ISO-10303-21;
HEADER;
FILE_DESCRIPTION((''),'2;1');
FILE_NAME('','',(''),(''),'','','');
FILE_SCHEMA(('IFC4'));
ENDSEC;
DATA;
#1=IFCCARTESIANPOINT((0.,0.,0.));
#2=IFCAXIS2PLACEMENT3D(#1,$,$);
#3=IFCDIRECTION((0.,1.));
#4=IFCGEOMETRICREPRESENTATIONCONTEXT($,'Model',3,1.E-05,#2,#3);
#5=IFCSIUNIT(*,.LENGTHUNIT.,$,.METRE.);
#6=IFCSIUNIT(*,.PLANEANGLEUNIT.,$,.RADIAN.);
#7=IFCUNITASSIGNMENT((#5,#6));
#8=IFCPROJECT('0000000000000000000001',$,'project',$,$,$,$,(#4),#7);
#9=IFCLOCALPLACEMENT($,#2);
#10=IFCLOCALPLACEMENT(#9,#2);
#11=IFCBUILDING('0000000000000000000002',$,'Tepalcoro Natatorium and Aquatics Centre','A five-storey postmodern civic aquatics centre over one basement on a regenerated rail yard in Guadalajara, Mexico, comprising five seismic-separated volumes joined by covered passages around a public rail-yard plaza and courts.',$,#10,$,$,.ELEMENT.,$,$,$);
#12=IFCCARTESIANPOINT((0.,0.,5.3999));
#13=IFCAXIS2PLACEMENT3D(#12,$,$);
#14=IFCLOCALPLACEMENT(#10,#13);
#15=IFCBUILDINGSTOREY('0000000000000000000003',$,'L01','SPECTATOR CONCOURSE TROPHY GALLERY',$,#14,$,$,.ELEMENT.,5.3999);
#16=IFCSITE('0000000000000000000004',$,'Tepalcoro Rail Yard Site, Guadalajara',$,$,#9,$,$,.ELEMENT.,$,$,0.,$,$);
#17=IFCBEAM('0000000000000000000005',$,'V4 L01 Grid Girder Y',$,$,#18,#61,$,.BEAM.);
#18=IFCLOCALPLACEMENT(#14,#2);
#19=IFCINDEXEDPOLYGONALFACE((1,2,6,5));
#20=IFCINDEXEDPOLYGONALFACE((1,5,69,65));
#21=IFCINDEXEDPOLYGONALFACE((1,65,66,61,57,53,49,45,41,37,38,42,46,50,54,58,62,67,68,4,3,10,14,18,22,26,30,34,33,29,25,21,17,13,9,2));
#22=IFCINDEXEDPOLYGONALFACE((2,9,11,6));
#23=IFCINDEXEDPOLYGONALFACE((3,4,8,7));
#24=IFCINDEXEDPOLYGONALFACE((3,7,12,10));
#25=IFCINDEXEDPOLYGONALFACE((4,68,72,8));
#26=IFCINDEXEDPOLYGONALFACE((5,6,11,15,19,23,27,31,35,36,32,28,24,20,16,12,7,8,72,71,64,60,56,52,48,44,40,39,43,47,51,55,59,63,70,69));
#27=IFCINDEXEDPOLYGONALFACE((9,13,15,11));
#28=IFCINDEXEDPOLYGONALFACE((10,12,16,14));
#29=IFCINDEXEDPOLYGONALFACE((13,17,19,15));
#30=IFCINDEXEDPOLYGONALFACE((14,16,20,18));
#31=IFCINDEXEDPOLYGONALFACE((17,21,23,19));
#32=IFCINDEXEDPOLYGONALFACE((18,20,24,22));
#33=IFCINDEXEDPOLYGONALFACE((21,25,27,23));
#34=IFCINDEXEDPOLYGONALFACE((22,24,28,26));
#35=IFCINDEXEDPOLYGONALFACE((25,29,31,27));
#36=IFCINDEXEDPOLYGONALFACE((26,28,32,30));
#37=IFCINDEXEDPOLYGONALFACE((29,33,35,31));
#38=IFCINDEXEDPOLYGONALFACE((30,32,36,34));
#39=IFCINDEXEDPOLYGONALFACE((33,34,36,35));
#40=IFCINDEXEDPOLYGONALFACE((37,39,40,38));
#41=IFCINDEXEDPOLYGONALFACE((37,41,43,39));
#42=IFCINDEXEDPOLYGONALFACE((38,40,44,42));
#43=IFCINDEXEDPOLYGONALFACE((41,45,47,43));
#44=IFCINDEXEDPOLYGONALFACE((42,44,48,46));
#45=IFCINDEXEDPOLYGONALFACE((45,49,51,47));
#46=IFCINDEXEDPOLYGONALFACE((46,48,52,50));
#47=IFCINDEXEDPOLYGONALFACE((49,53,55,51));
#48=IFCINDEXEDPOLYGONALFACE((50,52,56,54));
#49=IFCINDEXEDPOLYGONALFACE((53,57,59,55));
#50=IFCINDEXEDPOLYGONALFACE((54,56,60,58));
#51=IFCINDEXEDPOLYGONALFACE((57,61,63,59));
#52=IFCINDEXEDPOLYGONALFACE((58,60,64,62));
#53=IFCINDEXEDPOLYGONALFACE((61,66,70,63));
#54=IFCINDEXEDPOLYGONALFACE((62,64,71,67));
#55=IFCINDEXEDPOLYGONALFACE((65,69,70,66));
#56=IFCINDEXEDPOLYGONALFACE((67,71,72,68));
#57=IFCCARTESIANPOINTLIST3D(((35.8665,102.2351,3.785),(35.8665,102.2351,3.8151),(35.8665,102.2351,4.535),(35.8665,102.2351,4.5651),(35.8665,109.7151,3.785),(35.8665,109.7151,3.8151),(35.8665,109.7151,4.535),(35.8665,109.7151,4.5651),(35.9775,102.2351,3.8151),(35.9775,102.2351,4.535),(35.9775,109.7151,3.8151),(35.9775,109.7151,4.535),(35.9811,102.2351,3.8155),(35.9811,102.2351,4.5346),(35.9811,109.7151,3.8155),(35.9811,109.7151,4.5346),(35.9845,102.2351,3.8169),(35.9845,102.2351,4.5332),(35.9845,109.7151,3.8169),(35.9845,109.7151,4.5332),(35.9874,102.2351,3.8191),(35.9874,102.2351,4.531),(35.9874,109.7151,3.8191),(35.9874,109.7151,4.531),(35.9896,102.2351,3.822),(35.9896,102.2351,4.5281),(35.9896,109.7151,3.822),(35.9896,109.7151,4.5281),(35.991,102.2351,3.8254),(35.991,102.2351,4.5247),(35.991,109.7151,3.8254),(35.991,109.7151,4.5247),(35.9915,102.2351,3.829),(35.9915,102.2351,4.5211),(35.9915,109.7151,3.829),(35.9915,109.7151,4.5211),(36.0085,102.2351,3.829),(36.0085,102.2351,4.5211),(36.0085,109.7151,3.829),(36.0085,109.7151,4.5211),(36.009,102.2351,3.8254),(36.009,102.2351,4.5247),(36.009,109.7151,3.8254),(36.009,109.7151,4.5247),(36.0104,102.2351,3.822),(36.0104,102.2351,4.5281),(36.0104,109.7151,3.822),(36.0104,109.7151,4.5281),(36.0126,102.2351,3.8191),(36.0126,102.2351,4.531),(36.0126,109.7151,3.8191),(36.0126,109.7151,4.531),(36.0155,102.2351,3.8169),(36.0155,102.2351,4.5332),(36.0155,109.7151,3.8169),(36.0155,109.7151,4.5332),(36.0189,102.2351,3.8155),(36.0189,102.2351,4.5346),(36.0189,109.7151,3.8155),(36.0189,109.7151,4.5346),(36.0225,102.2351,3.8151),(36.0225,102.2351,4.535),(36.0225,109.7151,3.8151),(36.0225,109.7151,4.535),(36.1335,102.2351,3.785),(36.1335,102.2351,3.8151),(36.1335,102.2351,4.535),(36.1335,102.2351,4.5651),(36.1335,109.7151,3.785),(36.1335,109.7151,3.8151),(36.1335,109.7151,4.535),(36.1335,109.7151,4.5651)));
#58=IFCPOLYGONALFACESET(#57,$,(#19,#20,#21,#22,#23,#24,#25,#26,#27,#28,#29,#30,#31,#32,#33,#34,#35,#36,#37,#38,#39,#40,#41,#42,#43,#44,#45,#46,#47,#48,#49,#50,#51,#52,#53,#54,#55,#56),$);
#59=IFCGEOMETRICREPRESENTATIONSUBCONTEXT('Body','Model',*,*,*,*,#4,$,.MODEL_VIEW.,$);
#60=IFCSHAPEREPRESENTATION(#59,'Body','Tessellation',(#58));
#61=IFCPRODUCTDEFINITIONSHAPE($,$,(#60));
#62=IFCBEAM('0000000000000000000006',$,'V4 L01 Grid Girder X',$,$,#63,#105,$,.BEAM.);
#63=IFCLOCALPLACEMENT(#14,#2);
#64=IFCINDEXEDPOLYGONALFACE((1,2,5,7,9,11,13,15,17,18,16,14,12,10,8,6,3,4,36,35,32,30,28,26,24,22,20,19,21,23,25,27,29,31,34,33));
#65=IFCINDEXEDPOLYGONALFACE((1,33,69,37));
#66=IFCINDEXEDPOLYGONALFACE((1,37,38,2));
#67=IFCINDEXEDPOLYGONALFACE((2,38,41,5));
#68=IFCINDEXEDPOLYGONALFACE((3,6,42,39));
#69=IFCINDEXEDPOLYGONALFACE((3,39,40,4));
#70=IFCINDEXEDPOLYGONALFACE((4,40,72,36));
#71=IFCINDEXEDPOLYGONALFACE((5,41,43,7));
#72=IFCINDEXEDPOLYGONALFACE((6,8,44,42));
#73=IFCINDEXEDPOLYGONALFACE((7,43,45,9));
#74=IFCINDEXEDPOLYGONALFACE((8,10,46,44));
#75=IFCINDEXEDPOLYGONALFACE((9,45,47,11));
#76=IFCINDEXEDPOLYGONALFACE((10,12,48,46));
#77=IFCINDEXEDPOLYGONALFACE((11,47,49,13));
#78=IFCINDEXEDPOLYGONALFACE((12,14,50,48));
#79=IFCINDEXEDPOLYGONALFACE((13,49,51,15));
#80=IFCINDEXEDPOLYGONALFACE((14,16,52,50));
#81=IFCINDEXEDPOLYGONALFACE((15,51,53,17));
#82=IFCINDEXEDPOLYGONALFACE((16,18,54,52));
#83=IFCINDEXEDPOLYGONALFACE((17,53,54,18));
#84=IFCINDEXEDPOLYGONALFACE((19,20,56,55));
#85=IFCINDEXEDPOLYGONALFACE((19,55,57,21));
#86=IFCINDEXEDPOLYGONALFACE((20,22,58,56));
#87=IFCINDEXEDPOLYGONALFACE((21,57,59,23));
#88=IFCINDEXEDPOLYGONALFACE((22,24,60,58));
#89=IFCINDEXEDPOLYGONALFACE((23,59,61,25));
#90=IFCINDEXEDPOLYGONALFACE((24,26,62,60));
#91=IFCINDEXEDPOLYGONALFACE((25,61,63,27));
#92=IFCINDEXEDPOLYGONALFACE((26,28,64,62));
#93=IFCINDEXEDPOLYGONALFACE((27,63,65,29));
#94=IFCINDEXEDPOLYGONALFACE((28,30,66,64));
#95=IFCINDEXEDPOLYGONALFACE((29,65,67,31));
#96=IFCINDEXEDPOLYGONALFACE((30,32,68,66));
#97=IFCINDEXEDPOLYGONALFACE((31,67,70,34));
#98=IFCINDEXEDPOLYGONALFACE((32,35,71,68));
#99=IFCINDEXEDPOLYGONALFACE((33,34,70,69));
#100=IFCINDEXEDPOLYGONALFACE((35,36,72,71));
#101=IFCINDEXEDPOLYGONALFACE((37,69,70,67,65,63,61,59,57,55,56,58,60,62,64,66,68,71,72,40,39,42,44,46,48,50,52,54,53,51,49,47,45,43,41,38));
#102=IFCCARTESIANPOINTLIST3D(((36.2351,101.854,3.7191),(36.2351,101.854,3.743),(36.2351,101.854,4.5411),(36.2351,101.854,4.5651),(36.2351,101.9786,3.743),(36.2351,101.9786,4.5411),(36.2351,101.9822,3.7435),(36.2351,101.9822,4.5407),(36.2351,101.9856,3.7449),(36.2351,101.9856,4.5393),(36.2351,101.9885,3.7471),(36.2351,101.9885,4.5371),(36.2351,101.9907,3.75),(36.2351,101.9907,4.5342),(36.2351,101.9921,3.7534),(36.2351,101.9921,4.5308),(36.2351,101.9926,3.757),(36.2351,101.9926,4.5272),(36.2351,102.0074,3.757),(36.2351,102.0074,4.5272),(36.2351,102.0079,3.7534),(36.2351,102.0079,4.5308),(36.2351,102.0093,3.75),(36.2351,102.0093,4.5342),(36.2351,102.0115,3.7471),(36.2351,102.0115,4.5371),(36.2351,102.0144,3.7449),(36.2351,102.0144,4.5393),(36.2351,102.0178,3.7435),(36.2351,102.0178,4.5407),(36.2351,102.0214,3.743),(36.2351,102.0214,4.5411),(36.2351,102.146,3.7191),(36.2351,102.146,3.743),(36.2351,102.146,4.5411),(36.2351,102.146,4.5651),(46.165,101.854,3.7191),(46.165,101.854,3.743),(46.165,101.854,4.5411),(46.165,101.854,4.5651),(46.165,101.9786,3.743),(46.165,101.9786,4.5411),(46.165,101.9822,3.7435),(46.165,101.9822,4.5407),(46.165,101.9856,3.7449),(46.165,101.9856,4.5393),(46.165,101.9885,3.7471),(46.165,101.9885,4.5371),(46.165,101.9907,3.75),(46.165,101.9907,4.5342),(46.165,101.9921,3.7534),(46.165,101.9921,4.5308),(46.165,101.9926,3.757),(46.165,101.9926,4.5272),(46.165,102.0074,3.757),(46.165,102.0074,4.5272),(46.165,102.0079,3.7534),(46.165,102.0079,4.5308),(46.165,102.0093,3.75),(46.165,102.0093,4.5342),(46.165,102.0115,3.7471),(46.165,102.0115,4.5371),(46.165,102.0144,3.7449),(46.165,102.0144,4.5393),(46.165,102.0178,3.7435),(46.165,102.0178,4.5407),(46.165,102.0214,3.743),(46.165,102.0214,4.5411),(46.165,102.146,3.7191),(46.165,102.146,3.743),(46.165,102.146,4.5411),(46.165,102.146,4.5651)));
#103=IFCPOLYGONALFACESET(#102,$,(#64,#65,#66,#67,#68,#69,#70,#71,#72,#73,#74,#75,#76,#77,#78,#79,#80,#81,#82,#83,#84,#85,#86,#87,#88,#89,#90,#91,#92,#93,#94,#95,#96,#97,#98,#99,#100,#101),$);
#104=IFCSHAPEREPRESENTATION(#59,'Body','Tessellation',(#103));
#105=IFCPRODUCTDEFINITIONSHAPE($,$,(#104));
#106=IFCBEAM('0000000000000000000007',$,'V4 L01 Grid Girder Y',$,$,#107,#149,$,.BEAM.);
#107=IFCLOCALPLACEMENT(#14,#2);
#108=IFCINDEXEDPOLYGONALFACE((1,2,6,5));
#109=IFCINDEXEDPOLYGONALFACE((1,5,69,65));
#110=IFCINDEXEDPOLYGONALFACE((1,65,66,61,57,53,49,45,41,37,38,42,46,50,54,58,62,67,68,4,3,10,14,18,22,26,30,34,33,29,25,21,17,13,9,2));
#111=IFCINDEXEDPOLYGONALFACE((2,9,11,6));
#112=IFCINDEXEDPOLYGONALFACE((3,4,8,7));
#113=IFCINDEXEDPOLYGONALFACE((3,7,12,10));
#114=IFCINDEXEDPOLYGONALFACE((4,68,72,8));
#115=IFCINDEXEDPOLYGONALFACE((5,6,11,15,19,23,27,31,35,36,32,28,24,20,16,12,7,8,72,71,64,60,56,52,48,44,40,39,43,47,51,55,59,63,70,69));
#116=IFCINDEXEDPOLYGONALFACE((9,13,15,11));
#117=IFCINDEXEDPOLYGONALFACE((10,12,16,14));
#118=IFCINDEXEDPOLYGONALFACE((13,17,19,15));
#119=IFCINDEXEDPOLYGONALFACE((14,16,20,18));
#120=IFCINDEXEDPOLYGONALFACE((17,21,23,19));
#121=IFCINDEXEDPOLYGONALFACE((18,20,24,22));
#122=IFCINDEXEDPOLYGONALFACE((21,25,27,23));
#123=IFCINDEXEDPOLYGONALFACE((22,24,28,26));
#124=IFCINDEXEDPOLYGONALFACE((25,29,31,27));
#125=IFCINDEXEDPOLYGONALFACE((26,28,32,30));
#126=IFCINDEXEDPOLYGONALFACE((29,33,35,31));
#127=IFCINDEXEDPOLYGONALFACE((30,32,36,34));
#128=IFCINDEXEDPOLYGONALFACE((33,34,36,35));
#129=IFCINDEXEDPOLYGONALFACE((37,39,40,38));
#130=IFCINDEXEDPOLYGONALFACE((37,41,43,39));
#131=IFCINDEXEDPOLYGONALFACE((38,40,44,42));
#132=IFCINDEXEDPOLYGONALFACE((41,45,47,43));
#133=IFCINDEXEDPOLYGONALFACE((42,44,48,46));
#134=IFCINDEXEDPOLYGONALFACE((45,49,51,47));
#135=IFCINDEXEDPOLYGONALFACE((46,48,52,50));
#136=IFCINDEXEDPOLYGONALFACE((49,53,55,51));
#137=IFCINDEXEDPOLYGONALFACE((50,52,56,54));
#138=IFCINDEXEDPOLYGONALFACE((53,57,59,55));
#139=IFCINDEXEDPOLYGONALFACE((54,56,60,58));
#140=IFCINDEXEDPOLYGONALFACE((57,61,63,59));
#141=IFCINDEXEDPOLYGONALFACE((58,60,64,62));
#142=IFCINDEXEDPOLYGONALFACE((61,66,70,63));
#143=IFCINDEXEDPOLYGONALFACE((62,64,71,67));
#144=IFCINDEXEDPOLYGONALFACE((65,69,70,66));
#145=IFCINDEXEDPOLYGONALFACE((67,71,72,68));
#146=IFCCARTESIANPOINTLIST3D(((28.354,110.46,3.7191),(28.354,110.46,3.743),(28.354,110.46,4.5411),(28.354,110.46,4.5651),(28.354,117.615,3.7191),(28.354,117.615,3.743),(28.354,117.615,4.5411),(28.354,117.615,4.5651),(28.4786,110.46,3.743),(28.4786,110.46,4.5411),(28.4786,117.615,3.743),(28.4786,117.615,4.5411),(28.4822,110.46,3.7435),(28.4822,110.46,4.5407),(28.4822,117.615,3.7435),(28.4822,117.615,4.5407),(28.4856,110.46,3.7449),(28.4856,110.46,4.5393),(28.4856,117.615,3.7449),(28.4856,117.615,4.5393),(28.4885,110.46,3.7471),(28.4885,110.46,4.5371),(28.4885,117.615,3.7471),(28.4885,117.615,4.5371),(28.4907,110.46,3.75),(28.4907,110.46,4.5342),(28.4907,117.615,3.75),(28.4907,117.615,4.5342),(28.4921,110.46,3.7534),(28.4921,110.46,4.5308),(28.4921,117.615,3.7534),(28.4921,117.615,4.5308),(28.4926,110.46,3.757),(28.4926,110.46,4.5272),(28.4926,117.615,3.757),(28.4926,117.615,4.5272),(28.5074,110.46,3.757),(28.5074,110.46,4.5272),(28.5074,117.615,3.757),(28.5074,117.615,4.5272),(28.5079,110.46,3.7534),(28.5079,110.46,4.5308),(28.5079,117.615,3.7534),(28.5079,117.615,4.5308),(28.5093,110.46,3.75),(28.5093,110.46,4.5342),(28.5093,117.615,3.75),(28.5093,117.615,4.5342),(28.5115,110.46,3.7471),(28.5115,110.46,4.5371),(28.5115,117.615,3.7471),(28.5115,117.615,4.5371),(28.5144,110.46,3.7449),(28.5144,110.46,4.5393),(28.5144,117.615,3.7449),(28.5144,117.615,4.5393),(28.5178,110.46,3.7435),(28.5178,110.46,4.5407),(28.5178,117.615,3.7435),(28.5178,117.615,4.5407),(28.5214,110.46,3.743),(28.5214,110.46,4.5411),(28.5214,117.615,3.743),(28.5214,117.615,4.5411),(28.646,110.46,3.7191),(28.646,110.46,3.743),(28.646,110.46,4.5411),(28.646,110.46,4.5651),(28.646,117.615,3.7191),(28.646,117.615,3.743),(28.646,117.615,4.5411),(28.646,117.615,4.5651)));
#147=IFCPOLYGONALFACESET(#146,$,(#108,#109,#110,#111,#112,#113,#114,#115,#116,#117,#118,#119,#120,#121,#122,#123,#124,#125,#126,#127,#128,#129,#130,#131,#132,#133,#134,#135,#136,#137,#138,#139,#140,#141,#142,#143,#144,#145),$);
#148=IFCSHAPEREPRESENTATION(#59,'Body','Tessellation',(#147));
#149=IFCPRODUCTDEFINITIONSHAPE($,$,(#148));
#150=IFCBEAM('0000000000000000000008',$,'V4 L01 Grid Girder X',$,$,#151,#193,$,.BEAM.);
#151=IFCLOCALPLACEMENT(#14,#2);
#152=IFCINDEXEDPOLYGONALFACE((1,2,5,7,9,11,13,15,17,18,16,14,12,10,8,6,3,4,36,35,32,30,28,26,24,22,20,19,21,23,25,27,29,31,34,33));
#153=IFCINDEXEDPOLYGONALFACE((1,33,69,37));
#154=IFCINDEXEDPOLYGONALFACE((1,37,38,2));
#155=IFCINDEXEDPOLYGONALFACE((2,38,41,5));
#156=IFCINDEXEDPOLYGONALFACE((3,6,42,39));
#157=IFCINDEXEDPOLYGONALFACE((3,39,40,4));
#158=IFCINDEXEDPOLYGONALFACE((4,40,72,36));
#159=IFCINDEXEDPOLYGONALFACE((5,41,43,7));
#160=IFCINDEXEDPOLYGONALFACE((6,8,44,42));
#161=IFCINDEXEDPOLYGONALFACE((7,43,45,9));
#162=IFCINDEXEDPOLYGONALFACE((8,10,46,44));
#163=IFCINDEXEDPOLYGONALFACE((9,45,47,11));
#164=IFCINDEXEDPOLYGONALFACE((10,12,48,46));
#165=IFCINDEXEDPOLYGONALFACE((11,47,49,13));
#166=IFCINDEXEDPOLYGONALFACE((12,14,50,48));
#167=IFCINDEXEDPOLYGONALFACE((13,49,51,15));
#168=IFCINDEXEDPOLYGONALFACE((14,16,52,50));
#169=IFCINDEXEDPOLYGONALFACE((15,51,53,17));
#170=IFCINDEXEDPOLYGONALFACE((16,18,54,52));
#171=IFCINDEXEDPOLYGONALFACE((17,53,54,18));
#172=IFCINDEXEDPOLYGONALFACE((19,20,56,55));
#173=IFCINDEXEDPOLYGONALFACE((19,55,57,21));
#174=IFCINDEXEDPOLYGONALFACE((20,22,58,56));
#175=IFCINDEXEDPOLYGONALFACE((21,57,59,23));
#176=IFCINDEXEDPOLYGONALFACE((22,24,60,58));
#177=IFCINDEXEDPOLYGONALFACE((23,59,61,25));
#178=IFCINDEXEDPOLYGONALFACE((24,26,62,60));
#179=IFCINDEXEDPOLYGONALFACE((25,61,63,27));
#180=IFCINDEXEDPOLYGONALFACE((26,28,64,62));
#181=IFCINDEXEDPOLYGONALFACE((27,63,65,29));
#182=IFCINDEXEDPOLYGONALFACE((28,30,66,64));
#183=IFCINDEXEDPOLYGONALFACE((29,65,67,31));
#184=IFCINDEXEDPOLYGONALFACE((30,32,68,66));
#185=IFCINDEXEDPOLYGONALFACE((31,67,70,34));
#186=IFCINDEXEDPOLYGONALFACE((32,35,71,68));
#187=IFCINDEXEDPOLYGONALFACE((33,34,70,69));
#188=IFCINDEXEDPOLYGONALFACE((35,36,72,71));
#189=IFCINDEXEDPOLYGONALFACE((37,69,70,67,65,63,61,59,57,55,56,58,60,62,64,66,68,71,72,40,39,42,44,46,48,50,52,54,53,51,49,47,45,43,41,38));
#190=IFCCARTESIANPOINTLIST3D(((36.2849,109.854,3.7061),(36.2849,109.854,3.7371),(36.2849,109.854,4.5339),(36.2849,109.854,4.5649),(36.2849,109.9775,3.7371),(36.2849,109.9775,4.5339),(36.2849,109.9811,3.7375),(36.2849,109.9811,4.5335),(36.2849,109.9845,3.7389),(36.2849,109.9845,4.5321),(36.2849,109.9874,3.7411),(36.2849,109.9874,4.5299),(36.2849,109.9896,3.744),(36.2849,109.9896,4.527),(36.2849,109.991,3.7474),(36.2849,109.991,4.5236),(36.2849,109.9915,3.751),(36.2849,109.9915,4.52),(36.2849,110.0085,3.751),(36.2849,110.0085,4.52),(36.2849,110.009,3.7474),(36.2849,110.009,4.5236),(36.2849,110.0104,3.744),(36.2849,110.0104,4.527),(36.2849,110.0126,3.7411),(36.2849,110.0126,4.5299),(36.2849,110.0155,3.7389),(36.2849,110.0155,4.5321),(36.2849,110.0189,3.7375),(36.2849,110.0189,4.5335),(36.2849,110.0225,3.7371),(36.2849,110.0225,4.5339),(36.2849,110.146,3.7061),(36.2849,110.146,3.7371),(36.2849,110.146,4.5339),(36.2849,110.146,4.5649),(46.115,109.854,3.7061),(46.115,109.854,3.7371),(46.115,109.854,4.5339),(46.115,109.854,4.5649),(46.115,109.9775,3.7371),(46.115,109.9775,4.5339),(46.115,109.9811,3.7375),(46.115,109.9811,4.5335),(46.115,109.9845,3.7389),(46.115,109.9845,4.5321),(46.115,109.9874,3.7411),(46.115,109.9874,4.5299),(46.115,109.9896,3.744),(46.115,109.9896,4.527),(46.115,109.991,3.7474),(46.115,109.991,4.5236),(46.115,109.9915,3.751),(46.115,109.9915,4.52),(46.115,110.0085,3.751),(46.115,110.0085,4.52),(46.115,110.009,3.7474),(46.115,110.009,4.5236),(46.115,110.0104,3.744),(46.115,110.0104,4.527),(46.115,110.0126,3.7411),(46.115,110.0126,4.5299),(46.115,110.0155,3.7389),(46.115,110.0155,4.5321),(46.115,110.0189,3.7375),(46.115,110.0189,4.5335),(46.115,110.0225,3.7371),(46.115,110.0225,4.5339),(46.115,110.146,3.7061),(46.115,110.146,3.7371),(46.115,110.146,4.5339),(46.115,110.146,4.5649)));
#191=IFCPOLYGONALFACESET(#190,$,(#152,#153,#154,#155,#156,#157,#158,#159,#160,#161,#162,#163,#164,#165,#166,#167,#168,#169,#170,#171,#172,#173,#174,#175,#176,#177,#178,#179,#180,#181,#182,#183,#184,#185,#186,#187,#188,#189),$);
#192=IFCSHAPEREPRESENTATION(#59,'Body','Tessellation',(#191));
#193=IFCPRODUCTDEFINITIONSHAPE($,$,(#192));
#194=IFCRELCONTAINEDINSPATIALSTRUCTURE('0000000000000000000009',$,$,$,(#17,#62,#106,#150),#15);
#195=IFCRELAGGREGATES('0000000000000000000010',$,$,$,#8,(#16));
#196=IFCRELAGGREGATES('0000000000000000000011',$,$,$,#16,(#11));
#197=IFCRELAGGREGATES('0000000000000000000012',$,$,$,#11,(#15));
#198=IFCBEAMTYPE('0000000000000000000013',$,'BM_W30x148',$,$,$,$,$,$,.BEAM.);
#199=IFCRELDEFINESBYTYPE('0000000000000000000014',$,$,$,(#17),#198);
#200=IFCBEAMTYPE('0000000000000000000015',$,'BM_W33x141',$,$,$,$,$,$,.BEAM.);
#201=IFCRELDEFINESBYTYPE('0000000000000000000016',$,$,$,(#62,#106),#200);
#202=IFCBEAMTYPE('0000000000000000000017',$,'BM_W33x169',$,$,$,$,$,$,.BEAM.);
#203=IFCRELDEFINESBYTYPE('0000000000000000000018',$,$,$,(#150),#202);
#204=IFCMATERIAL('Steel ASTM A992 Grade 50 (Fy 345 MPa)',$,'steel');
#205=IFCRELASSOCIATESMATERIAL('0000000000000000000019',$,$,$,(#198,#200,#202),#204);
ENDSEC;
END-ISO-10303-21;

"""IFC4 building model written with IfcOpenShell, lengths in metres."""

from ifc_helpers import new_model, si_unit, direction, frame, origin, origin_2d, place, context, subcontext, project, spatial, i_section, extrude, material, material_profile, profile_set, type_object, element, save


model = new_model("IFC4")

# Units and contexts
model_context = context("Model", 3, precision=1e-05, world=origin(), true_north=direction((0.0, 1.0)))
body_context = subcontext(model_context, "Body", "Model", "MODEL_VIEW")
ifc_project = project(units=[si_unit("LENGTHUNIT", "METRE"), si_unit("PLANEANGLEUNIT", "RADIAN")], contexts=[model_context])

# Site, building, storey
site_placement = place(None, origin())
site = spatial("IfcSite", under=ifc_project, at=site_placement, Name="Tepalcoro Rail Yard Site, Guadalajara", CompositionType="ELEMENT", RefElevation=0.0)
building_placement = place(site_placement, origin())
building = spatial("IfcBuilding", under=site, at=building_placement, Name="Tepalcoro Natatorium and Aquatics Centre", Description="A five-storey postmodern civic aquatics centre over one basement on a regenerated rail yard in Guadalajara, Mexico, comprising five seismic-separated volumes joined by covered passages around a public rail-yard plaza and courts.", CompositionType="ELEMENT")
storey_placement = place(building_placement, frame((0.0, 0.0, 5.3999)))
storey = spatial("IfcBuildingStorey", under=building, at=storey_placement, Name="L01", Description="SPECTATOR CONCOURSE TROPHY GALLERY", CompositionType="ELEMENT", Elevation=5.3999)

# Beams
ifc_material_1 = material(Name="Steel ASTM A992 Grade 50 (Fy 345 MPa)", Category="steel")
ifc_material_profile_1 = material_profile(ifc_material_1, i_section(OverallWidth=0.2671, OverallDepth=0.78, WebThickness=0.0171, FlangeThickness=0.03, FilletRadius=0.0139, at=origin_2d()), Name="W30X148")
ifc_profile_set_1 = profile_set([ifc_material_profile_1], Name="Steel ASTM A992 Grade 50 (Fy 345 MPa)")
beam_type_1 = type_object("IfcBeamType", Name="BM_W30x148", PredefinedType="BEAM", material=ifc_profile_set_1)
beam_1_placement = place(storey_placement, frame((36.0, 102.2351, 4.175), z_axis=(0.0, 1.0, 0.0), x_axis=(-1.0, 0.0, 0.0)))
element("IfcBeam", 1, at=beam_1_placement, inside=storey, type_object=beam_type_1, Name="V4 L01 Grid Girder Y", PredefinedType="BEAM", context=body_context, shape_type="SweptSolid", body=[
    extrude(i_section(OverallWidth=0.2671, OverallDepth=0.78, WebThickness=0.0171, FlangeThickness=0.03, FilletRadius=0.0139, at=origin_2d()), origin(), (0.0, 0.0, 1.0), 7.48),
])
ifc_material_profile_2 = material_profile(ifc_material_1, i_section(OverallWidth=0.292, OverallDepth=0.8459, WebThickness=0.0149, FlangeThickness=0.0239, FilletRadius=0.0139, at=origin_2d()), Name="W33X141")
ifc_profile_set_2 = profile_set([ifc_material_profile_2], Name="Steel ASTM A992 Grade 50 (Fy 345 MPa)")
beam_type_2 = type_object("IfcBeamType", Name="BM_W33x141", PredefinedType="BEAM", material=ifc_profile_set_2)
beam_2_placement = place(storey_placement, frame((36.2351, 102.0, 4.1421), z_axis=(1.0, 0.0, 0.0), x_axis=(0.0, 1.0, 0.0)))
element("IfcBeam", 2, at=beam_2_placement, inside=storey, type_object=beam_type_2, Name="V4 L01 Grid Girder X", PredefinedType="BEAM", context=body_context, shape_type="SweptSolid", body=[
    extrude(i_section(OverallWidth=0.292, OverallDepth=0.8459, WebThickness=0.0149, FlangeThickness=0.0239, FilletRadius=0.0139, at=origin_2d()), origin(), (0.0, 0.0, 1.0), 9.9299),
])
beam_3_placement = place(storey_placement, frame((28.5, 110.46, 4.1421), z_axis=(0.0, 1.0, 0.0), x_axis=(-1.0, 0.0, 0.0)))
element("IfcBeam", 3, at=beam_3_placement, inside=storey, type_object=beam_type_2, Name="V4 L01 Grid Girder Y", PredefinedType="BEAM", context=body_context, shape_type="SweptSolid", body=[
    extrude(i_section(OverallWidth=0.292, OverallDepth=0.8459, WebThickness=0.0149, FlangeThickness=0.0239, FilletRadius=0.0139, at=origin_2d()), origin(), (0.0, 0.0, 1.0), 7.155),
])
ifc_material_profile_3 = material_profile(ifc_material_1, i_section(OverallWidth=0.292, OverallDepth=0.8589, WebThickness=0.0171, FlangeThickness=0.031, FilletRadius=0.0139, at=origin_2d()), Name="W33X169")
ifc_profile_set_3 = profile_set([ifc_material_profile_3], Name="Steel ASTM A992 Grade 50 (Fy 345 MPa)")
beam_type_3 = type_object("IfcBeamType", Name="BM_W33x169", PredefinedType="BEAM", material=ifc_profile_set_3)
beam_4_placement = place(storey_placement, frame((36.2849, 110.0, 4.1355), z_axis=(1.0, 0.0, 0.0), x_axis=(0.0, 1.0, 0.0)))
element("IfcBeam", 4, at=beam_4_placement, inside=storey, type_object=beam_type_3, Name="V4 L01 Grid Girder X", PredefinedType="BEAM", context=body_context, shape_type="SweptSolid", body=[
    extrude(i_section(OverallWidth=0.292, OverallDepth=0.8589, WebThickness=0.0171, FlangeThickness=0.031, FilletRadius=0.0139, at=origin_2d()), origin(), (0.0, 0.0, 1.0), 9.8301),
])

save(model, "model.ifc")
